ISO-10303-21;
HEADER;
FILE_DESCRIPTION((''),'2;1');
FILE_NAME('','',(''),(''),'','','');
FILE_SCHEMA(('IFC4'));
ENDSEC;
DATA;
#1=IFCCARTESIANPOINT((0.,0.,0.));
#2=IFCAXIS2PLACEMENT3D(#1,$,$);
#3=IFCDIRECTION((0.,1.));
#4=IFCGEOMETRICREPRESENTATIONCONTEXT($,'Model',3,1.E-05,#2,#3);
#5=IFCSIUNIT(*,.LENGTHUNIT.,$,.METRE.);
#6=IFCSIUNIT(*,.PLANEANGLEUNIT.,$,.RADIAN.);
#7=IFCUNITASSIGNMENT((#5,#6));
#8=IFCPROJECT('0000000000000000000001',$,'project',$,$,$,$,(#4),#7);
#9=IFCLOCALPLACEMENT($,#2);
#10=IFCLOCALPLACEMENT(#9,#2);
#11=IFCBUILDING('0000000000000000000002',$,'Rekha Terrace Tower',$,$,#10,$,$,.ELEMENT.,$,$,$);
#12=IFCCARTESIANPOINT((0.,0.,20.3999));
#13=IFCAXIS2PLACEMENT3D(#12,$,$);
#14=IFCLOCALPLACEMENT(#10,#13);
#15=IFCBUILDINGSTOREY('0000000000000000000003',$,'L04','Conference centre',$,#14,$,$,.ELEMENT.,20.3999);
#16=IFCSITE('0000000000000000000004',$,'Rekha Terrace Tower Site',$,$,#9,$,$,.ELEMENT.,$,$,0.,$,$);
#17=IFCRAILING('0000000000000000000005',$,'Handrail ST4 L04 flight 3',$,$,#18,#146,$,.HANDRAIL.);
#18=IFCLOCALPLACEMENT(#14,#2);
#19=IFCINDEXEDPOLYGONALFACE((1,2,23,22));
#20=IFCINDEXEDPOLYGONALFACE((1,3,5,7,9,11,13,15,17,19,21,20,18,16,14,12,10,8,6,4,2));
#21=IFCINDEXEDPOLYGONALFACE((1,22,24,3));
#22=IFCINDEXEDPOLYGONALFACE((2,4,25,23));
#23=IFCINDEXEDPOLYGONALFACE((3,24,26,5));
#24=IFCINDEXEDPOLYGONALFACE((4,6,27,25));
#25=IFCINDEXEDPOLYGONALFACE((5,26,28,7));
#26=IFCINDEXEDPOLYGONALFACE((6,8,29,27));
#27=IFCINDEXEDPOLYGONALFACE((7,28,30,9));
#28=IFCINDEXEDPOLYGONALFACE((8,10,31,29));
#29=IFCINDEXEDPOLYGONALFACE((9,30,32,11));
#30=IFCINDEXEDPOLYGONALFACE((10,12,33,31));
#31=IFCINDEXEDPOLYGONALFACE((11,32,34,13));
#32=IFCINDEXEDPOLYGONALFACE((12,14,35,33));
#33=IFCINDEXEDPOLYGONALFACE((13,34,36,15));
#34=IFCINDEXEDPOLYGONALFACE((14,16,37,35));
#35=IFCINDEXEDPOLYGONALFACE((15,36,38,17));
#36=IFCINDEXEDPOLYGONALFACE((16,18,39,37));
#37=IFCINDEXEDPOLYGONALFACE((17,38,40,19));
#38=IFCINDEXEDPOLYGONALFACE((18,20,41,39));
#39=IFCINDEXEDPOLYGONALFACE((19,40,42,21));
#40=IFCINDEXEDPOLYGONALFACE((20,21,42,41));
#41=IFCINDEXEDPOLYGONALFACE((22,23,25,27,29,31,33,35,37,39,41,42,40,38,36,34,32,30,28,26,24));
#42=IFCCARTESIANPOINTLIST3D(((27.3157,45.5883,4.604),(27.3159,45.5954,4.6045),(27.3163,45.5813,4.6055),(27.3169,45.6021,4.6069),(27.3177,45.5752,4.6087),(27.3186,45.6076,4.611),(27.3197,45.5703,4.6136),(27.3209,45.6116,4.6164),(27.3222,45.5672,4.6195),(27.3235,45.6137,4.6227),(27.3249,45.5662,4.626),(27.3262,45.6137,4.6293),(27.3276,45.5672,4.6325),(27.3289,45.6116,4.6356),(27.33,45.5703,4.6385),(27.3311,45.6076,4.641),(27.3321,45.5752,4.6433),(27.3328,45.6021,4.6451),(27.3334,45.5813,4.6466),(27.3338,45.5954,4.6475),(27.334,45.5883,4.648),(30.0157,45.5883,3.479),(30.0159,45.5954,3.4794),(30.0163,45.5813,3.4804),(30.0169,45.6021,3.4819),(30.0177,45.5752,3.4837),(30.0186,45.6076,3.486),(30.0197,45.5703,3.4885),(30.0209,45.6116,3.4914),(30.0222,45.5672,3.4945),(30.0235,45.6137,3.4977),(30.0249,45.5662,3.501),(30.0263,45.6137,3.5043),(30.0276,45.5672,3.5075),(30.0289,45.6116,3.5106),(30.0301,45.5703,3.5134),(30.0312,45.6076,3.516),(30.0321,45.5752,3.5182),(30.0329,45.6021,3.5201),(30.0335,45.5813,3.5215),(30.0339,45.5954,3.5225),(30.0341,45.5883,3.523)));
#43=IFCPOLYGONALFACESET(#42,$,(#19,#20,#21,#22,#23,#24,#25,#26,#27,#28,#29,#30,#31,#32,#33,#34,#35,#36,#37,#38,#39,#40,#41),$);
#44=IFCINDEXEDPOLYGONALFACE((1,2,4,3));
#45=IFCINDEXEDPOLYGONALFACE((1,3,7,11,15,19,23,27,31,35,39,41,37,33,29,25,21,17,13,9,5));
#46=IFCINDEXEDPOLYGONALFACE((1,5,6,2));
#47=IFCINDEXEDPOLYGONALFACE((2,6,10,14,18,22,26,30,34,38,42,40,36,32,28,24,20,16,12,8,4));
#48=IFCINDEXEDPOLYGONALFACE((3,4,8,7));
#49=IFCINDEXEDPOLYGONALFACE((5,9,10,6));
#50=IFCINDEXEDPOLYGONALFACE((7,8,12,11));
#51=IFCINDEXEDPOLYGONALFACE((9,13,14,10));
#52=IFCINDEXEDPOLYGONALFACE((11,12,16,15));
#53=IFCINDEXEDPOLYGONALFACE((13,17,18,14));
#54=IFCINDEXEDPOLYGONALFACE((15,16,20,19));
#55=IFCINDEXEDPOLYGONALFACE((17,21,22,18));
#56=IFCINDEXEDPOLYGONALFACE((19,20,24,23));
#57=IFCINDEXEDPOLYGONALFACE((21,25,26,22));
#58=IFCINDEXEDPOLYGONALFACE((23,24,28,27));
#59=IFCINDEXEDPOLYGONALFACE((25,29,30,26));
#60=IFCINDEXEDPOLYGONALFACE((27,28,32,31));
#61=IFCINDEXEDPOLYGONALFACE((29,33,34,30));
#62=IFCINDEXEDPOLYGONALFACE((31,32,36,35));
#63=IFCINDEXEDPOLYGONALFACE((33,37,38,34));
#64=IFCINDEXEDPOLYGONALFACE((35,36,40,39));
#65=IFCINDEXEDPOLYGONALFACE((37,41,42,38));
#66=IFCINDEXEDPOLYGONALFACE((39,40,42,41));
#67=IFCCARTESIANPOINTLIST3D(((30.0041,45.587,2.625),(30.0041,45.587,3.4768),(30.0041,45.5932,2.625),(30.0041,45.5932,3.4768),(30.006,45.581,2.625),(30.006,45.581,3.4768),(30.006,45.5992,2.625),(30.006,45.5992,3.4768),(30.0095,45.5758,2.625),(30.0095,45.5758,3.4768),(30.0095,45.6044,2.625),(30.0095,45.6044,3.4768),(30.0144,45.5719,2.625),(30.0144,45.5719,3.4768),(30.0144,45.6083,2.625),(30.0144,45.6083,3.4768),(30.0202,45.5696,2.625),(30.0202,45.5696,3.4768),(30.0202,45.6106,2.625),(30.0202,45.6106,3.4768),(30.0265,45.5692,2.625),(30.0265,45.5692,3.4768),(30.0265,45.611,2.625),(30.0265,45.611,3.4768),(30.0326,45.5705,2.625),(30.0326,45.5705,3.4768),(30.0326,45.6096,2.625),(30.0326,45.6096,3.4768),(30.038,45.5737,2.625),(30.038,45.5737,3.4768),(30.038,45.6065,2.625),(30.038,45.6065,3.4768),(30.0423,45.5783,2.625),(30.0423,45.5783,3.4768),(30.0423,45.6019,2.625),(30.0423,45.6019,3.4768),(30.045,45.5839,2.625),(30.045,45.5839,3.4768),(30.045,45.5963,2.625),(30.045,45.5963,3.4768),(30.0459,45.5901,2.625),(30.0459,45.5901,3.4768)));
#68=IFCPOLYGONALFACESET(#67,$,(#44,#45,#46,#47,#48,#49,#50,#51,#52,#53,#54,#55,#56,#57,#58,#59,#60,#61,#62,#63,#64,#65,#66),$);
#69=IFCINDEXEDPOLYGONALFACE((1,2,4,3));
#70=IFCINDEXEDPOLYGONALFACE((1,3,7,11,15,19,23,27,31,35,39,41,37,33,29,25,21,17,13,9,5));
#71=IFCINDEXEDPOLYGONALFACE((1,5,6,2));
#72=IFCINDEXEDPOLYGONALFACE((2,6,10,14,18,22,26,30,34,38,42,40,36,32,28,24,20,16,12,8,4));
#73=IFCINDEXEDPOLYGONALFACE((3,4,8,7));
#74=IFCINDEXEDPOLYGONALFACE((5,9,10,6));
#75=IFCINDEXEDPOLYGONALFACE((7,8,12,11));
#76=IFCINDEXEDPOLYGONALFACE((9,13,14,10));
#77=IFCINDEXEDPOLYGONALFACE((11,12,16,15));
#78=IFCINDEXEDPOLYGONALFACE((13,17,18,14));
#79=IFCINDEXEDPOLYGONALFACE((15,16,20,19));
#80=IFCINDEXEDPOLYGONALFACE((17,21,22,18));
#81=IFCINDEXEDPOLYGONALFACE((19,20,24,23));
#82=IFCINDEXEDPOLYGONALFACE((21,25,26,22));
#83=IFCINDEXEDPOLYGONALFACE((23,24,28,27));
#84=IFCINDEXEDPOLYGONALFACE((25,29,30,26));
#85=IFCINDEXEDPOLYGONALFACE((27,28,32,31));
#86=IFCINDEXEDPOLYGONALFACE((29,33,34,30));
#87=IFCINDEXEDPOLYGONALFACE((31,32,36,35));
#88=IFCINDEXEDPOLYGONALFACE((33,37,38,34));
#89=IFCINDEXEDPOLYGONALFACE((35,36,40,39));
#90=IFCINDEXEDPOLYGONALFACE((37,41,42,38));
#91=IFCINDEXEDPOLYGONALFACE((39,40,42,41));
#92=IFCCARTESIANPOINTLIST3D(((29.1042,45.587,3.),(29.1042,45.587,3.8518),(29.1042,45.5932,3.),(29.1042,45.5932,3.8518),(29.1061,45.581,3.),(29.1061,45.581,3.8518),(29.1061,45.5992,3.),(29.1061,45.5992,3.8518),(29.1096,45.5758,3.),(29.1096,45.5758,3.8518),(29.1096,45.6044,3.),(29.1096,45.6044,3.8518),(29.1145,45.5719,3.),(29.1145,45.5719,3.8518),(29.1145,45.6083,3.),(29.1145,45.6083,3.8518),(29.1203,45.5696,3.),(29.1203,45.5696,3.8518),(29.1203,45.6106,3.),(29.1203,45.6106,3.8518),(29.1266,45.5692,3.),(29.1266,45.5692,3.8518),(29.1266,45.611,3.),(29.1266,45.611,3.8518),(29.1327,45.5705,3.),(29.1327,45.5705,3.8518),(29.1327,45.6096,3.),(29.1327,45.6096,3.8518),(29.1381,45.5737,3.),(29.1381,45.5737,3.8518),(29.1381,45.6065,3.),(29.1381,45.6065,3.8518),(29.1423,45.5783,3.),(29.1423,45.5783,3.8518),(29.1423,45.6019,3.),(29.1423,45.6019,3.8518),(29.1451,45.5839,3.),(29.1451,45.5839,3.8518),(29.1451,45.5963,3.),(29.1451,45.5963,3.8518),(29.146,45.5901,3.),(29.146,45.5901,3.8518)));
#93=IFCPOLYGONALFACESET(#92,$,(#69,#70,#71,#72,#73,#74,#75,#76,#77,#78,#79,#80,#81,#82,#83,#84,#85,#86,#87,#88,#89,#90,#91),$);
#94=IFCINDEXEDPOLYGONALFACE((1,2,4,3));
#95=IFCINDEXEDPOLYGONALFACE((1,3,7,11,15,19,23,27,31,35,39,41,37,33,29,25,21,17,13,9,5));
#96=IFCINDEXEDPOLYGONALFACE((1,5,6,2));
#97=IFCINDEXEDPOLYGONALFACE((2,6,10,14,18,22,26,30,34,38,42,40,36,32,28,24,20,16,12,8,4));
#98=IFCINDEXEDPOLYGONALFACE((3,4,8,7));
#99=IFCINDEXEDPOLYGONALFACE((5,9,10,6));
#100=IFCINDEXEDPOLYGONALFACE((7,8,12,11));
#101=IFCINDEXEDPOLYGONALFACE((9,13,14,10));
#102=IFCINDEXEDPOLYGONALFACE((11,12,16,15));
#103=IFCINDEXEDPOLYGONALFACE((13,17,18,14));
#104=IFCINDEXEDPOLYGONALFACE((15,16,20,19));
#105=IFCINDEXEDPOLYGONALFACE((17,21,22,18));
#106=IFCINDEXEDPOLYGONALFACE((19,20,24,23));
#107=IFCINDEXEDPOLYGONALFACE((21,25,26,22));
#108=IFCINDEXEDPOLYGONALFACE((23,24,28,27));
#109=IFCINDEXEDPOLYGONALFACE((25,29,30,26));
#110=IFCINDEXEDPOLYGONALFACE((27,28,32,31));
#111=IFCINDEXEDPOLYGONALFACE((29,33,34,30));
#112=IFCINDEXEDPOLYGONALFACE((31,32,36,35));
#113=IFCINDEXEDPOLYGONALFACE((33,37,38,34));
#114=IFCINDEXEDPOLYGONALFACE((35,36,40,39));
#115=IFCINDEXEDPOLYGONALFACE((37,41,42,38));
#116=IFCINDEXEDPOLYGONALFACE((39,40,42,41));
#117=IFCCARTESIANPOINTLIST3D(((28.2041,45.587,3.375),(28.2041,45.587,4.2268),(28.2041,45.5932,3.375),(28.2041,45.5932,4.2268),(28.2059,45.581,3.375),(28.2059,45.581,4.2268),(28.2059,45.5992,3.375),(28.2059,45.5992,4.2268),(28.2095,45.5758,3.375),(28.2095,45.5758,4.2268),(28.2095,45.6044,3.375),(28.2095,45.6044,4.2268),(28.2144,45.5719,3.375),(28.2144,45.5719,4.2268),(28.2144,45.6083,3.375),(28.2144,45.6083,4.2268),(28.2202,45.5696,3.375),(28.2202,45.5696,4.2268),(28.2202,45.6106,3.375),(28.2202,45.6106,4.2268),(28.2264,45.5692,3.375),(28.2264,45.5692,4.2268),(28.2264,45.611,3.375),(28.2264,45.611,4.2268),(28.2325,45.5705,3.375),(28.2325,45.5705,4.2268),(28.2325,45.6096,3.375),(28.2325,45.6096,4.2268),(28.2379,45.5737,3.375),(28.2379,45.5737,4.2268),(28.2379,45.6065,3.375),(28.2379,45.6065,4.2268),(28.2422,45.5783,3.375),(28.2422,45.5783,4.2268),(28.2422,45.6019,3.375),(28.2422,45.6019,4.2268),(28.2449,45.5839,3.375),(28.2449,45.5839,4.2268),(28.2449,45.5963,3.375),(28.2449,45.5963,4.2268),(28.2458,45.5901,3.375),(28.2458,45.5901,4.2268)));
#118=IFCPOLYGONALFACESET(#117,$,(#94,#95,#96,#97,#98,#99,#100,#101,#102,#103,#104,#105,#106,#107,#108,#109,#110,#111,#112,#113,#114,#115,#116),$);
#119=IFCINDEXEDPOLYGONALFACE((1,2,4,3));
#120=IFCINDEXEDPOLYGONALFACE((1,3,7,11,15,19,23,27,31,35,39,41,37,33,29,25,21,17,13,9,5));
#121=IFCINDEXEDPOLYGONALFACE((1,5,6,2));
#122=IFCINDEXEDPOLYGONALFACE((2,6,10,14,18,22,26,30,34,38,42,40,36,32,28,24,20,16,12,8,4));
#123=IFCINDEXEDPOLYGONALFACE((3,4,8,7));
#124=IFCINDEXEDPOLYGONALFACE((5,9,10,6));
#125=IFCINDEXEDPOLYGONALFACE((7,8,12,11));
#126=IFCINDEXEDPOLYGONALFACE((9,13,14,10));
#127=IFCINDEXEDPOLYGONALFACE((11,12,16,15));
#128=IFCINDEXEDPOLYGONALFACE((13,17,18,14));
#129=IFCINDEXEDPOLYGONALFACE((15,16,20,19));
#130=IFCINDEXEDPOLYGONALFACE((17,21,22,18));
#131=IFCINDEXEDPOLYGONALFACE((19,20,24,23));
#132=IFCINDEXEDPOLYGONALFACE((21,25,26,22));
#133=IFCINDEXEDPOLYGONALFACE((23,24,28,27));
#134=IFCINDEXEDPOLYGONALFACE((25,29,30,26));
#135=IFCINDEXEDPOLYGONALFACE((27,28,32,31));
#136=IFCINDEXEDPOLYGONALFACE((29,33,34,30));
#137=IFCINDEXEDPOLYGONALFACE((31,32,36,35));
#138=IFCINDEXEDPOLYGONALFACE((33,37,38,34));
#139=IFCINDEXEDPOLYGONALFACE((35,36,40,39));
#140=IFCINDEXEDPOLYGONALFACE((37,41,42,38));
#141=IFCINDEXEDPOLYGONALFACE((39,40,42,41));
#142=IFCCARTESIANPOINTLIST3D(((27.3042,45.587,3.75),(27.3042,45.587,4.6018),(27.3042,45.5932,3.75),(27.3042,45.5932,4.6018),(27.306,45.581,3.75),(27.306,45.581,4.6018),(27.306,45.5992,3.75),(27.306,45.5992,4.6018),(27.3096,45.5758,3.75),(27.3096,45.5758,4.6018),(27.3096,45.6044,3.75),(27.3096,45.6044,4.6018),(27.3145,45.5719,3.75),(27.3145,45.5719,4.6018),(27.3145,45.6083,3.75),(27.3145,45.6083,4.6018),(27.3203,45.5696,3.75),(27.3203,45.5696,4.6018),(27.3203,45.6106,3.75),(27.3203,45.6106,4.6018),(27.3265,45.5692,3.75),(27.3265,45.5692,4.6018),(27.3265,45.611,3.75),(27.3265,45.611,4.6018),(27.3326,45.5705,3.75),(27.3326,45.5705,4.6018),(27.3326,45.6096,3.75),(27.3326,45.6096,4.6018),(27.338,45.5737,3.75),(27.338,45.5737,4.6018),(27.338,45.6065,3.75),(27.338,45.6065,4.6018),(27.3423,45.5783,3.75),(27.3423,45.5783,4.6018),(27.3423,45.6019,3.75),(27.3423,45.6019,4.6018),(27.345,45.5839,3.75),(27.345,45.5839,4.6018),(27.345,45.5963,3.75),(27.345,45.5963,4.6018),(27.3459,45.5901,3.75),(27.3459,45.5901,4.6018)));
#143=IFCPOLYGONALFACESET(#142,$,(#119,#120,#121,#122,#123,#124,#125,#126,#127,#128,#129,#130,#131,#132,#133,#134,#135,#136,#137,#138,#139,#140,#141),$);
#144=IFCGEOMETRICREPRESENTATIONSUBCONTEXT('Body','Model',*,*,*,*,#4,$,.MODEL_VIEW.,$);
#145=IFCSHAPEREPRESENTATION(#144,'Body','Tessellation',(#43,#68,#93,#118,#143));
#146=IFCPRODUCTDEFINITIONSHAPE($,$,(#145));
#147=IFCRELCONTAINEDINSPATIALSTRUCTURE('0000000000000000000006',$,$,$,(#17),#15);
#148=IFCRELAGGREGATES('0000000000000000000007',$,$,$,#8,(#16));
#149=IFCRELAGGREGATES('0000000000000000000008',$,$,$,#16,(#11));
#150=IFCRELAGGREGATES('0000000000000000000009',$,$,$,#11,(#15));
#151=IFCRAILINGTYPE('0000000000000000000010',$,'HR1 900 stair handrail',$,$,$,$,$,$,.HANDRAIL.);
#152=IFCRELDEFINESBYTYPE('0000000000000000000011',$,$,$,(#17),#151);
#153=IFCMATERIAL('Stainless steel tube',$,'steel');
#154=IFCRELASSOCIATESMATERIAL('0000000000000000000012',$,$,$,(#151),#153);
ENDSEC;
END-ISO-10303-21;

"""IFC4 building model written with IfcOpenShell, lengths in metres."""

from ifc_helpers import new_model, si_unit, direction, frame, origin, origin_2d, place, context, subcontext, project, spatial, circle, extrude, material, type_object, element, save


model = new_model("IFC4")

# Units and contexts
model_context = context("Model", 3, precision=1e-05, world=origin(), true_north=direction((0.0, 1.0)))
body_context = subcontext(model_context, "Body", "Model", "MODEL_VIEW")
ifc_project = project(units=[si_unit("LENGTHUNIT", "METRE"), si_unit("PLANEANGLEUNIT", "RADIAN")], contexts=[model_context])

# Site, building, storey
site_placement = place(None, origin())
site = spatial("IfcSite", under=ifc_project, at=site_placement, Name="Rekha Terrace Tower Site", CompositionType="ELEMENT", RefElevation=0.0)
building_placement = place(site_placement, origin())
building = spatial("IfcBuilding", under=site, at=building_placement, Name="Rekha Terrace Tower", CompositionType="ELEMENT")
storey_placement = place(building_placement, frame((0.0, 0.0, 20.3999)))
storey = spatial("IfcBuildingStorey", under=building, at=storey_placement, Name="L04", Description="Conference centre", CompositionType="ELEMENT", Elevation=20.3999)

# Railing
ifc_material_1 = material(Name="Stainless steel tube", Category="steel")
railing_type_1 = type_object("IfcRailingType", Name="HR1 900 stair handrail", PredefinedType="HANDRAIL", material=ifc_material_1)
railing_1_placement = place(storey_placement, frame((30.0249, 45.5901, 2.625)))
element("IfcRailing", 1, at=railing_1_placement, inside=storey, type_object=railing_type_1, Name="Handrail ST4 L04 flight 3", PredefinedType="HANDRAIL", context=body_context, shape_type="SweptSolid", body=[
    extrude(circle(Radius=0.0239, at=origin_2d()), frame((0.0, 0.0, 0.876), z_axis=(-0.923074, 0.0, 0.384621), x_axis=(0.0, -1.0, 0.0)), (0.0, 0.0, 1.0), 2.925),
    extrude(circle(Radius=0.021, at=origin_2d()), origin(), (0.0, 0.0, 1.0), 0.8518),
    extrude(circle(Radius=0.021, at=origin_2d()), frame((-0.8999, 0.0, 0.375)), (0.0, 0.0, 1.0), 0.8518),
    extrude(circle(Radius=0.021, at=origin_2d()), frame((-1.8, 0.0, 0.75)), (0.0, 0.0, 1.0), 0.8518),
    extrude(circle(Radius=0.021, at=origin_2d()), frame((-2.7, 0.0, 1.125)), (0.0, 0.0, 1.0), 0.8518),
])

save(model, "model.ifc")
